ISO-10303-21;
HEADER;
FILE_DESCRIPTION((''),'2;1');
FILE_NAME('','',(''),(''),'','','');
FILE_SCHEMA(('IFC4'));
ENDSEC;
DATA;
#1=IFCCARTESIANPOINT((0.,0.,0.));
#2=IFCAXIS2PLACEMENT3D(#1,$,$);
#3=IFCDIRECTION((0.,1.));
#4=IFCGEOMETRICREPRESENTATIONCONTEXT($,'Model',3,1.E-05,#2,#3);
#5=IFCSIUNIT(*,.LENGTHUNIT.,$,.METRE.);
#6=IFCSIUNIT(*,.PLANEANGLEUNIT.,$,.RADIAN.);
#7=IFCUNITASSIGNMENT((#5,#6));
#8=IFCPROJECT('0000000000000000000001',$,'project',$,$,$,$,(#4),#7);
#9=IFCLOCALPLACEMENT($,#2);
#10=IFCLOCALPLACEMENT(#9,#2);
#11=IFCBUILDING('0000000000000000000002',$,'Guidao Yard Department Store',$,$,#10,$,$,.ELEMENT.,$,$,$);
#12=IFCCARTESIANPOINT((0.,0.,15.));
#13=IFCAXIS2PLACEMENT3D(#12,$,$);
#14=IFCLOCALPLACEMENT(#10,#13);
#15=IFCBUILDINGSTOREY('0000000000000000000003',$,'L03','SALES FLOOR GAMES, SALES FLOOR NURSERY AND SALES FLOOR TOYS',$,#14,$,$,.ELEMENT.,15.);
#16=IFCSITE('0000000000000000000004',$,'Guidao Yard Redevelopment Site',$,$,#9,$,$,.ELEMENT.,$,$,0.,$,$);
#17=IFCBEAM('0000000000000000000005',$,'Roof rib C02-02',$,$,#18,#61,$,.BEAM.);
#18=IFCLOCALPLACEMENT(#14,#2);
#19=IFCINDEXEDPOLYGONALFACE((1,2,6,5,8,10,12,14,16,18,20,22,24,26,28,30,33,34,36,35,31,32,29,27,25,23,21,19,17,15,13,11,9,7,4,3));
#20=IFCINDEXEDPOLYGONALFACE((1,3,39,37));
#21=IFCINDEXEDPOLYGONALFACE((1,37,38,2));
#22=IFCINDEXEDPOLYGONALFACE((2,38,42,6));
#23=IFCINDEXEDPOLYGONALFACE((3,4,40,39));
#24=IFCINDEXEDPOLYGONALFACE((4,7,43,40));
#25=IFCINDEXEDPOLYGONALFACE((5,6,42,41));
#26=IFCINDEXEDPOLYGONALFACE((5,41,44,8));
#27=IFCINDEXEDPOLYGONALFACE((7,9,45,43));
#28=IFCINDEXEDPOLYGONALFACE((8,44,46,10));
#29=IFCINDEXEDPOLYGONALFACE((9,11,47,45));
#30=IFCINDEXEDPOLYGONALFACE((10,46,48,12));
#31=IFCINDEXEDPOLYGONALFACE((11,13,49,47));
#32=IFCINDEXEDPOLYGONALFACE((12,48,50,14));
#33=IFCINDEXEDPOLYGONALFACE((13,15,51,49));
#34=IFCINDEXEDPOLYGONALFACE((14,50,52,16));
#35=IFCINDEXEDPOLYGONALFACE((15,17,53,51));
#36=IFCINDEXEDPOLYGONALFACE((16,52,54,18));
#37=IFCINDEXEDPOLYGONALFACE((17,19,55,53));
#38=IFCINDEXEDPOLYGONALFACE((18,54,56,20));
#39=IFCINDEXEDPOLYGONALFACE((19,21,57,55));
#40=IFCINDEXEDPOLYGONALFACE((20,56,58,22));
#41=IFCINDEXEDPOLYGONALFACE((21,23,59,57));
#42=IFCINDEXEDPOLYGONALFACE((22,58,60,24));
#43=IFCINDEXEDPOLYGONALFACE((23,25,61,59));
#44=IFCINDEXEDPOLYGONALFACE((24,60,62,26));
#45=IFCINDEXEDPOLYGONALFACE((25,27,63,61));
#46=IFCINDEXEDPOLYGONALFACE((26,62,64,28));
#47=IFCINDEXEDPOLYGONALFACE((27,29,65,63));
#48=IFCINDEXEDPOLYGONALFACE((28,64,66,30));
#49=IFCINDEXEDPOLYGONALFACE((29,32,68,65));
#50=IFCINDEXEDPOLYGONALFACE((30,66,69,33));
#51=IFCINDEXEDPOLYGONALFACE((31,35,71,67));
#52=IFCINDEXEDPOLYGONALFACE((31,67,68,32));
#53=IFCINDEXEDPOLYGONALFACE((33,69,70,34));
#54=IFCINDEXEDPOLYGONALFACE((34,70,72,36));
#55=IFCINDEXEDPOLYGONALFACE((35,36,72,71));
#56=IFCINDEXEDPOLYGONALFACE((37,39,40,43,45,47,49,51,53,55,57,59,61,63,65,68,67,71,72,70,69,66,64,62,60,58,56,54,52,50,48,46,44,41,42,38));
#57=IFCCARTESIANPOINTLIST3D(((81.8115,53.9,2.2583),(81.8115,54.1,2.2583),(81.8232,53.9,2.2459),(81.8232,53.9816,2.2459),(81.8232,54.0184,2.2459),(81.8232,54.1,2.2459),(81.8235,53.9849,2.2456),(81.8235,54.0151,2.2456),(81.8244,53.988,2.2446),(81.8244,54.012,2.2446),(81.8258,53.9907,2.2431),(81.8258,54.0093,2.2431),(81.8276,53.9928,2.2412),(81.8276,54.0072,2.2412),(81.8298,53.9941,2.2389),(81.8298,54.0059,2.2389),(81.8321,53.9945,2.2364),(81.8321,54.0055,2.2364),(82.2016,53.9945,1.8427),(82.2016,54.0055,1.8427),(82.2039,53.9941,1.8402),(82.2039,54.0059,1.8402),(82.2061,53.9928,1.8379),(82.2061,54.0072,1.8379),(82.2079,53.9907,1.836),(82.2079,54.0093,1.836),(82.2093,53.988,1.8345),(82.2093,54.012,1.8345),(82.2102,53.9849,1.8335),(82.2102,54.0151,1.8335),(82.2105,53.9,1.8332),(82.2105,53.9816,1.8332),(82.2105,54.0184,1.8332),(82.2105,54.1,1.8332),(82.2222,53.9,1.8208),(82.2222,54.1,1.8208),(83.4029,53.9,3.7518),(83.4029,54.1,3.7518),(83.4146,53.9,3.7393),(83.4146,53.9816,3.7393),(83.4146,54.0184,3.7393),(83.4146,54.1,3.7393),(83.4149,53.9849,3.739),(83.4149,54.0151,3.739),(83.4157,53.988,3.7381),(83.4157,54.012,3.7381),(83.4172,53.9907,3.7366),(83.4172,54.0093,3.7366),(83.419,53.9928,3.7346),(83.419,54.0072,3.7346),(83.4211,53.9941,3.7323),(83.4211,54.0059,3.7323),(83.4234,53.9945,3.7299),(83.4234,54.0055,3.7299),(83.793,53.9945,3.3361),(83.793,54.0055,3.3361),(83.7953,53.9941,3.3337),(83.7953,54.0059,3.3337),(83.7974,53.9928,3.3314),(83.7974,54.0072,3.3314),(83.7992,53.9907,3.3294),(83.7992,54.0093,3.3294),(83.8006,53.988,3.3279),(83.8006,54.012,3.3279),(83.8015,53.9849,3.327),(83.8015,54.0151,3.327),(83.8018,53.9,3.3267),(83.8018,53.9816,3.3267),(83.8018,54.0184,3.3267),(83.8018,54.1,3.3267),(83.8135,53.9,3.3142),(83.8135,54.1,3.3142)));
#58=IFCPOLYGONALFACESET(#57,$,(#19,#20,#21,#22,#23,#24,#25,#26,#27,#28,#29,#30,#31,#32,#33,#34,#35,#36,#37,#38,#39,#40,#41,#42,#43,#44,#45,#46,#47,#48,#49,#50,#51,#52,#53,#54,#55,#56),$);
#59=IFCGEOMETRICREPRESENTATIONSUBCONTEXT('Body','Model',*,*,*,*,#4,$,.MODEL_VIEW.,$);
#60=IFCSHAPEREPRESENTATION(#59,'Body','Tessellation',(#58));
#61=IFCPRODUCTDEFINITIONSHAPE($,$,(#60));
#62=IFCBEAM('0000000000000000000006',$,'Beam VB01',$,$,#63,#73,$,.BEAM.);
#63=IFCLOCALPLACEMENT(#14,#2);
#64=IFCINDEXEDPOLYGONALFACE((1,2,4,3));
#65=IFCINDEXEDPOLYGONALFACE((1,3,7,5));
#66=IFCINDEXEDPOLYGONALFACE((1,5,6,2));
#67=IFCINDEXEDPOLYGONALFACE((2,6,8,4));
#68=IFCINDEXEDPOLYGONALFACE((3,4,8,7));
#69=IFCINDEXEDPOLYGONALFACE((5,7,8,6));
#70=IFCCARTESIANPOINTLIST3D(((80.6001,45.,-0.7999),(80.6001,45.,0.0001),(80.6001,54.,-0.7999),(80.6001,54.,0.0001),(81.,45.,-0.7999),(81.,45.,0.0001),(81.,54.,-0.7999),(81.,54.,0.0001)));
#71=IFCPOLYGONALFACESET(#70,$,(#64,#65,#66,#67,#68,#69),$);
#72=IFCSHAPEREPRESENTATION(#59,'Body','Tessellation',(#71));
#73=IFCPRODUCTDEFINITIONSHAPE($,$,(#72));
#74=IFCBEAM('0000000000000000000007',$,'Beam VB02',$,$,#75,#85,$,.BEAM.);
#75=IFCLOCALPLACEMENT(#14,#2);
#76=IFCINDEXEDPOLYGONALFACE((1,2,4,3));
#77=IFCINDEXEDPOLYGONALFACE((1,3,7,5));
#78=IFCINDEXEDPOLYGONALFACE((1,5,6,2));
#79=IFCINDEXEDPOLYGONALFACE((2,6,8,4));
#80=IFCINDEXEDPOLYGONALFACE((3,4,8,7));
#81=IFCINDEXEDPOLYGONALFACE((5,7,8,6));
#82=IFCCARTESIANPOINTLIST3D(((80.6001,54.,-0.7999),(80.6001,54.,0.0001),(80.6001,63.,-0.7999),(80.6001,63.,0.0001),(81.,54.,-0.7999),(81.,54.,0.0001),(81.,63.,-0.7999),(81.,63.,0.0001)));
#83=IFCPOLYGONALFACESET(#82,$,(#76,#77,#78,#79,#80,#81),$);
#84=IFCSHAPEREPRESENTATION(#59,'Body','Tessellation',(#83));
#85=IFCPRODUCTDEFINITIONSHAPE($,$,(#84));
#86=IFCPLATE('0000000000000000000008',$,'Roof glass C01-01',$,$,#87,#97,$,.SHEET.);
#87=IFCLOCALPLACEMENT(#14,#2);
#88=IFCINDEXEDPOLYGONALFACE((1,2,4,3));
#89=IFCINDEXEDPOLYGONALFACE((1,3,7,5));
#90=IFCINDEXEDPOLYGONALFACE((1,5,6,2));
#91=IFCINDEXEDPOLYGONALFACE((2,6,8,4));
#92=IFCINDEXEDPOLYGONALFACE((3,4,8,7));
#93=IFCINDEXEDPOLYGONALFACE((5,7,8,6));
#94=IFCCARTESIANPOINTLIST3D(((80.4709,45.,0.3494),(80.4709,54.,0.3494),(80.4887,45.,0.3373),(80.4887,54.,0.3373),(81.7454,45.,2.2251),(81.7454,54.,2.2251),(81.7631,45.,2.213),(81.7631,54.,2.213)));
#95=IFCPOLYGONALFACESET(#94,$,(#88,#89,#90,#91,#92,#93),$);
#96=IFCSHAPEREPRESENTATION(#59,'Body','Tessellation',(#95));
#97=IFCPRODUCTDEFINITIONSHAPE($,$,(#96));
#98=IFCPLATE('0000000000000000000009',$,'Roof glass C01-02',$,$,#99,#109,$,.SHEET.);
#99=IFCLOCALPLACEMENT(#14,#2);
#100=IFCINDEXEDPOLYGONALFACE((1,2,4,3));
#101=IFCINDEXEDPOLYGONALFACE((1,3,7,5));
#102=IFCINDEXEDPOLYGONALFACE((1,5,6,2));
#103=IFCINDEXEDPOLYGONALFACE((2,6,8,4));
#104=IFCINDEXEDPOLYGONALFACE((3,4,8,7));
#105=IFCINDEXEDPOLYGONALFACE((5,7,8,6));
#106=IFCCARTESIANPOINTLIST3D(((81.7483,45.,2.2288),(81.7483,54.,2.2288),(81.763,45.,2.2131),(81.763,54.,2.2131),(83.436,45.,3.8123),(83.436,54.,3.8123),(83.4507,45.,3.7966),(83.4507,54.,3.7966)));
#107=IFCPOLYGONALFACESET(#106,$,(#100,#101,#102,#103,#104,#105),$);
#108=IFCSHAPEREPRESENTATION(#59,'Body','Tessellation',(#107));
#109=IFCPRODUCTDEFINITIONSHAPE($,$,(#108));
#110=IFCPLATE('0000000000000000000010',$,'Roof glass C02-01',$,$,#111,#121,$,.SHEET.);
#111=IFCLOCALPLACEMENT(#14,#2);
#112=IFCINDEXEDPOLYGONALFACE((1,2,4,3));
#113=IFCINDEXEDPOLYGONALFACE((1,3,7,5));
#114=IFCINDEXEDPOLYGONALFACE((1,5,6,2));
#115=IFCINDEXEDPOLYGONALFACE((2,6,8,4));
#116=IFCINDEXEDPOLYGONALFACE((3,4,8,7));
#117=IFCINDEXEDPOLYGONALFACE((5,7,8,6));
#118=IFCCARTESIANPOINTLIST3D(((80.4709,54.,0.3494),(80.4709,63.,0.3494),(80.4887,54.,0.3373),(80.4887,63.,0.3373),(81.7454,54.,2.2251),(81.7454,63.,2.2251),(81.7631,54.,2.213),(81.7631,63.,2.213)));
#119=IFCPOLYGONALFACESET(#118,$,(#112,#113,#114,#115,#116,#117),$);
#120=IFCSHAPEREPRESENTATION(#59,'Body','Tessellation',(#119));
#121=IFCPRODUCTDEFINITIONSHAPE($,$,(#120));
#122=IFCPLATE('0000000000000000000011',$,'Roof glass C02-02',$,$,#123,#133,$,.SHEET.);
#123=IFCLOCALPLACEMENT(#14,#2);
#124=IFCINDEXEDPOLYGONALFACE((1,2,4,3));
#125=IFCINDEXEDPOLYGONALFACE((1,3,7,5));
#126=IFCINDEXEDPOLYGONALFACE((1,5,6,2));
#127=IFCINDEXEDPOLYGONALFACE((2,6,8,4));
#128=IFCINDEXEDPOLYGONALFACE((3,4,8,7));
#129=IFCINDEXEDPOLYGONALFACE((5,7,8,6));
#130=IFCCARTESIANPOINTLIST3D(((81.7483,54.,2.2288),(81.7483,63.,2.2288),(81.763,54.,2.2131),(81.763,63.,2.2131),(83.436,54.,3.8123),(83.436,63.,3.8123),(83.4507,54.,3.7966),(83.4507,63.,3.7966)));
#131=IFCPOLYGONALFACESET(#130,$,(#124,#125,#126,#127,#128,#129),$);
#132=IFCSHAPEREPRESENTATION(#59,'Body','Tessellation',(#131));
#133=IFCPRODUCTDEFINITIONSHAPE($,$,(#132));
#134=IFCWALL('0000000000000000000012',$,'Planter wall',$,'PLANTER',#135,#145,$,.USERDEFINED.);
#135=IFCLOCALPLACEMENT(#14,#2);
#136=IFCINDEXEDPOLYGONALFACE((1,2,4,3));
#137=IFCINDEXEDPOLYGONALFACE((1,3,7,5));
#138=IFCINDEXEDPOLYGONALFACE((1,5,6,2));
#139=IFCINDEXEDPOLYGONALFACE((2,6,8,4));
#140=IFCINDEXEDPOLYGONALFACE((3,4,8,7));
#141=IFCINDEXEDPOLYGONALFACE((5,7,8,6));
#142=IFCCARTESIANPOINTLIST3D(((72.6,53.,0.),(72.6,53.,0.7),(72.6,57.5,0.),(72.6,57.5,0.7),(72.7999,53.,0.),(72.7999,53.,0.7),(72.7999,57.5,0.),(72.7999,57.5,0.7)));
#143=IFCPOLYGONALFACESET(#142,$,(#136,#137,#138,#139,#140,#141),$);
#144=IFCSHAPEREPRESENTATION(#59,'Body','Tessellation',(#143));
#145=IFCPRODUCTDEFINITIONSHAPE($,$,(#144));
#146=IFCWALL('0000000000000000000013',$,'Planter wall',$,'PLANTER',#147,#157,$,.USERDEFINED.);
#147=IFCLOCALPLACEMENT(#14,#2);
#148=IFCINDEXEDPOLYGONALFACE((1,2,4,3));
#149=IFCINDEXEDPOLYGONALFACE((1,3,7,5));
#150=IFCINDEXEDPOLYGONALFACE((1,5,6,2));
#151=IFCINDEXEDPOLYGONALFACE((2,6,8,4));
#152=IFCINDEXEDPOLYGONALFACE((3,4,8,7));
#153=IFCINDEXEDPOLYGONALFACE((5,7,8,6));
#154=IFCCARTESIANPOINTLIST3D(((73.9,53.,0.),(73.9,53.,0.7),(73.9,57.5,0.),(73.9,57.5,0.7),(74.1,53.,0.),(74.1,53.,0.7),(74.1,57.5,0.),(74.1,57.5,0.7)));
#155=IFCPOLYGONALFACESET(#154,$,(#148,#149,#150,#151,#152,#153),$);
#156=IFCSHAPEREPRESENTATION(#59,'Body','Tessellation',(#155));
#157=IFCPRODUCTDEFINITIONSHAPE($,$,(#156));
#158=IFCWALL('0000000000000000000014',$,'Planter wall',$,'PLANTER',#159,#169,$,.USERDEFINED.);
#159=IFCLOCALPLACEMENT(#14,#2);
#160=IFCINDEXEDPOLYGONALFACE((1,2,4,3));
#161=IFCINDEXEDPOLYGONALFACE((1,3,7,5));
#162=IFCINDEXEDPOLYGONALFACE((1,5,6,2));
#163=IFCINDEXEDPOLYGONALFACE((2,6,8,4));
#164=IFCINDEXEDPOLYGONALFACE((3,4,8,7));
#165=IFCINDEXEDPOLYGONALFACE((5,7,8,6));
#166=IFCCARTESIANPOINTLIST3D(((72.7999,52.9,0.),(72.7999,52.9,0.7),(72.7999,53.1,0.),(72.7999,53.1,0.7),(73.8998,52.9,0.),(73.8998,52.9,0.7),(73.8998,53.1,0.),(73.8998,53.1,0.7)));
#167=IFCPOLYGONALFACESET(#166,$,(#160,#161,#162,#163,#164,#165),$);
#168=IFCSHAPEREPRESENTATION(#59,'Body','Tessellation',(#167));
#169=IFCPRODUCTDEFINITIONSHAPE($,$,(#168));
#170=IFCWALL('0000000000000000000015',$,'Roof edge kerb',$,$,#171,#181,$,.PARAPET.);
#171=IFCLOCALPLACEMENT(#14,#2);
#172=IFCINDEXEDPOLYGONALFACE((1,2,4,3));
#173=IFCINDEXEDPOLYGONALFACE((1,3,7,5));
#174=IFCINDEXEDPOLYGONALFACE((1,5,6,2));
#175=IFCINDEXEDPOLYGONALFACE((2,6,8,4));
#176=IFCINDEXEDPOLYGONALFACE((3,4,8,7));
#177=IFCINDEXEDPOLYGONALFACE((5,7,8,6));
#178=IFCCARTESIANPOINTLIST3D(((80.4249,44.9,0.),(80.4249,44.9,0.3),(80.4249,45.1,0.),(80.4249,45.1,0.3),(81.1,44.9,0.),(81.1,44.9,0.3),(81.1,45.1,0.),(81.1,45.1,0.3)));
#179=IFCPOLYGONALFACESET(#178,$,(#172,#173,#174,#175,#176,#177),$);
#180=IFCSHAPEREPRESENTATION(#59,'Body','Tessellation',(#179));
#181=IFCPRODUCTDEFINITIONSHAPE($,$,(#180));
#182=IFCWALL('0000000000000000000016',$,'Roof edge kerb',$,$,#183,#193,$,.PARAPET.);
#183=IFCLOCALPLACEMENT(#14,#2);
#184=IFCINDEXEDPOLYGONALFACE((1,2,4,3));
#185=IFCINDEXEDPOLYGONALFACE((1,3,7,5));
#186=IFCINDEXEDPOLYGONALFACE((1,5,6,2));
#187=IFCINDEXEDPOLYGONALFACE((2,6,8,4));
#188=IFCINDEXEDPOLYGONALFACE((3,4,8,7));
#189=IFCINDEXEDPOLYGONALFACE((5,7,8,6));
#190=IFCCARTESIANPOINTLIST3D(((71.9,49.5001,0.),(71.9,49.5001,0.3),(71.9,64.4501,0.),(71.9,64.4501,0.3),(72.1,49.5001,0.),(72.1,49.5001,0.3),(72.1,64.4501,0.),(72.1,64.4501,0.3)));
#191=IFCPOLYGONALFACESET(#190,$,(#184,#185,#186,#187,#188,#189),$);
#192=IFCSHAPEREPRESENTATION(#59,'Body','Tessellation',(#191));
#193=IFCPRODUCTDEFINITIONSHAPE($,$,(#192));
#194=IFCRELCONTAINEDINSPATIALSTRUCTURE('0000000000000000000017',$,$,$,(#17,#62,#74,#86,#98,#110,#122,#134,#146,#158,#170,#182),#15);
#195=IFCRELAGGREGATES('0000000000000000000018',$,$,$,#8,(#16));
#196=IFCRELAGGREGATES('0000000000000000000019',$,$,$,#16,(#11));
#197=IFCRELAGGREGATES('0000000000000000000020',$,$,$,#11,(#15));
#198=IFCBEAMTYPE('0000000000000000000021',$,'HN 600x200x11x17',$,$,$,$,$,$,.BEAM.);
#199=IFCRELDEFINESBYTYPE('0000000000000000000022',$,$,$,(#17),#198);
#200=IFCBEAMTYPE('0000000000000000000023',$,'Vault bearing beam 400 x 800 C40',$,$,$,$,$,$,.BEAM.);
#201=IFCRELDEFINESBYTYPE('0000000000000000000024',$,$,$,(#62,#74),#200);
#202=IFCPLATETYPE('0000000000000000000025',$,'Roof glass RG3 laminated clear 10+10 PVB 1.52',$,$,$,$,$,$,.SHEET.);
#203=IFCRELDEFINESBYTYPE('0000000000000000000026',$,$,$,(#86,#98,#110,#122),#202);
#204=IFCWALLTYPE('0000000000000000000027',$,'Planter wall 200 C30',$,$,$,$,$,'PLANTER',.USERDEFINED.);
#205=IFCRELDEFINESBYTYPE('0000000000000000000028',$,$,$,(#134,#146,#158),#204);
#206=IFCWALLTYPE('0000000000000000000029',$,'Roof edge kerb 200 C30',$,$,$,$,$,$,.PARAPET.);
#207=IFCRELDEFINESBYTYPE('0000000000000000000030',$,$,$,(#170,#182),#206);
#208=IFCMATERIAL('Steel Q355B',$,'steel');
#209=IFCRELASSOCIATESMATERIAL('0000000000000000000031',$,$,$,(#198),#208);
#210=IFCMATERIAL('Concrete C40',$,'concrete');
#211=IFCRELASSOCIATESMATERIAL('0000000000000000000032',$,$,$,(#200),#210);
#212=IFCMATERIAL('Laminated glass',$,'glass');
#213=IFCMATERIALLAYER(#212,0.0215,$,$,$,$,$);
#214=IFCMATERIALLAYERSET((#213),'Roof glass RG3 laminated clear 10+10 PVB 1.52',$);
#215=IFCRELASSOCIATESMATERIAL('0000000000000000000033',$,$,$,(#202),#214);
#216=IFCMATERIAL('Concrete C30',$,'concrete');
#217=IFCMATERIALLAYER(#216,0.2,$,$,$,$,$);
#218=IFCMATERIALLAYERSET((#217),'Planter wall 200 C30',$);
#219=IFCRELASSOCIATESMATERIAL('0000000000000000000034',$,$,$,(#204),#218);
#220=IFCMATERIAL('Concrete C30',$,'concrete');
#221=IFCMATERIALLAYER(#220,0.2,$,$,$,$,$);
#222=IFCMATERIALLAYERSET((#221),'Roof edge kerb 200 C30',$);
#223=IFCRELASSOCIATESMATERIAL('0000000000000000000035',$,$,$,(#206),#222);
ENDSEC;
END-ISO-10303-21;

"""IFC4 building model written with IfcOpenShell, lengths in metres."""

from ifc_helpers import new_model, si_unit, direction, frame, frame_2d, origin, origin_2d, place, context, subcontext, project, spatial, polyline, rectangle, i_section, outline, extrude, material, layer, layer_set, material_profile, profile_set, type_object, element, save


model = new_model("IFC4")

# Units and contexts
model_context = context("Model", 3, precision=1e-05, world=origin(), true_north=direction((0.0, 1.0)))
body_context = subcontext(model_context, "Body", "Model", "MODEL_VIEW")
ifc_project = project(units=[si_unit("LENGTHUNIT", "METRE"), si_unit("PLANEANGLEUNIT", "RADIAN")], contexts=[model_context])

# Site, building, storey
site_placement = place(None, origin())
site = spatial("IfcSite", under=ifc_project, at=site_placement, Name="Guidao Yard Redevelopment Site", CompositionType="ELEMENT", RefElevation=0.0)
building_placement = place(site_placement, origin())
building = spatial("IfcBuilding", under=site, at=building_placement, Name="Guidao Yard Department Store", CompositionType="ELEMENT")
storey_placement = place(building_placement, frame((0.0, 0.0, 15.0)))
storey = spatial("IfcBuildingStorey", under=building, at=storey_placement, Name="L03", Description="SALES FLOOR GAMES, SALES FLOOR NURSERY AND SALES FLOOR TOYS", CompositionType="ELEMENT", Elevation=15.0)

# Beams
ifc_material_1 = material(Name="Steel Q355B", Category="steel")
ifc_material_profile_1 = material_profile(ifc_material_1, i_section(OverallWidth=0.2, OverallDepth=0.6001, WebThickness=0.011, FlangeThickness=0.0171, FilletRadius=0.0129, at=origin_2d()), Name="HN 600x200x11x17")
ifc_profile_set_1 = profile_set([ifc_material_profile_1], Name="Steel Q355B")
beam_type_1 = type_object("IfcBeamType", Name="HN 600x200x11x17", PredefinedType="BEAM", material=ifc_profile_set_1)
beam_1_placement = place(storey_placement, frame((82.0168, 54.0, 2.0396), z_axis=(0.729181, 0.0, 0.684321), x_axis=(0.0, 1.0, 0.0)))
element("IfcBeam", 1, at=beam_1_placement, inside=storey, type_object=beam_type_1, Name="Roof rib C02-02", PredefinedType="BEAM", context=body_context, shape_type="SweptSolid", body=[
    extrude(i_section(OverallWidth=0.2, OverallDepth=0.6001, WebThickness=0.011, FlangeThickness=0.0171, FilletRadius=0.0129, at=origin_2d()), origin(), (0.0, 0.0, 1.0), 2.1824),
])
ifc_material_2 = material(Name="Concrete C40", Category="concrete")
ifc_material_profile_2 = material_profile(ifc_material_2, rectangle(XDim=0.3999, YDim=0.8, at=origin_2d()), Name="Vault bearing beam 400 x 800 C40")
ifc_profile_set_2 = profile_set([ifc_material_profile_2], Name="Concrete C40")
beam_type_2 = type_object("IfcBeamType", Name="Vault bearing beam 400 x 800 C40", PredefinedType="BEAM", material=ifc_profile_set_2)
for number, where, z_axis, x_axis, name in (
    (2, (80.8, 45.0, -0.3999), (0.0, 1.0, 0.0), (-1.0, 0.0, 0.0), "Beam VB01"),
    (3, (80.8, 54.0, -0.3999), (0.0, 1.0, 0.0), (-1.0, 0.0, 0.0), "Beam VB02"),
):
    element("IfcBeam", number, at=place(storey_placement, frame(where, z_axis=z_axis, x_axis=x_axis)), inside=storey, type_object=beam_type_2, Name=name, PredefinedType="BEAM", context=body_context, shape_type="SweptSolid", body=[
        extrude(rectangle(XDim=0.3999, YDim=0.8, at=origin_2d()), origin(), (0.0, 0.0, 1.0), 9.0),
    ])

# Plates
ifc_material_3 = material(Name="Laminated glass", Category="glass")
ifc_layer_1 = layer(ifc_material_3, 0.0215)
ifc_layer_set_1 = layer_set([ifc_layer_1], Name="Roof glass RG3 laminated clear 10+10 PVB 1.52")
plate_type = type_object("IfcPlateType", Name="Roof glass RG3 laminated clear 10+10 PVB 1.52", PredefinedType="SHEET", material=ifc_layer_set_1)
plate_1_placement = place(storey_placement, frame((80.4709, 45.0, 0.3494), z_axis=(-0.827149, 0.0, 0.561983), x_axis=(0.561983, 0.0, 0.827149)))
element("IfcPlate", 4, at=plate_1_placement, inside=storey, type_object=plate_type, Name="Roof glass C01-01", PredefinedType="SHEET", context=body_context, shape_type="SweptSolid", body=[
    extrude(outline(polyline([(0.0, 0.0), (2.2677, 0.0), (2.2677, 9.0), (0.0, 9.0), (0.0, 0.0)])), origin(), (0.0, 0.0, -1.0), 0.0215),
])
plate_2_placement = place(storey_placement, frame((81.7483, 45.0, 2.2288), z_axis=(-0.684225, 0.0, 0.729271), x_axis=(0.729271, 0.0, 0.684225)))
element("IfcPlate", 5, at=plate_2_placement, inside=storey, type_object=plate_type, Name="Roof glass C01-02", PredefinedType="SHEET", context=body_context, shape_type="SweptSolid", body=[
    extrude(outline(polyline([(0.0, 0.0), (2.3143, 0.0), (2.3143, 9.0), (0.0, 9.0), (0.0, 0.0)])), origin(), (0.0, 0.0, -1.0), 0.0215),
])
plate_3_placement = place(storey_placement, frame((80.4709, 54.0, 0.3494), z_axis=(-0.827149, 0.0, 0.561983), x_axis=(0.561983, 0.0, 0.827149)))
element("IfcPlate", 6, at=plate_3_placement, inside=storey, type_object=plate_type, Name="Roof glass C02-01", PredefinedType="SHEET", context=body_context, shape_type="SweptSolid", body=[
    extrude(outline(polyline([(0.0, 0.0), (2.2677, 0.0), (2.2677, 9.0), (0.0, 9.0), (0.0, 0.0)])), origin(), (0.0, 0.0, -1.0), 0.0215),
])
plate_4_placement = place(storey_placement, frame((81.7483, 54.0, 2.2288), z_axis=(-0.684225, 0.0, 0.729271), x_axis=(0.729271, 0.0, 0.684225)))
element("IfcPlate", 7, at=plate_4_placement, inside=storey, type_object=plate_type, Name="Roof glass C02-02", PredefinedType="SHEET", context=body_context, shape_type="SweptSolid", body=[
    extrude(outline(polyline([(0.0, 0.0), (2.3143, 0.0), (2.3143, 9.0), (0.0, 9.0), (0.0, 0.0)])), origin(), (0.0, 0.0, -1.0), 0.0215),
])

# Walls
ifc_material_4 = material(Name="Concrete C30", Category="concrete")
ifc_layer_2 = layer(ifc_material_4, 0.2)
ifc_layer_set_2 = layer_set([ifc_layer_2], Name="Planter wall 200 C30")
wall_type_1 = type_object("IfcWallType", Name="Planter wall 200 C30", ElementType="PLANTER", PredefinedType="USERDEFINED", material=ifc_layer_set_2)
for number, where, z_axis, x_axis, name in (
    (8, (72.7, 53.0, 0.0), (0.0, 0.0, 1.0), (0.0, 1.0, 0.0), "Planter wall"),
    (9, (74.0, 53.0, 0.0), (0.0, 0.0, 1.0), (0.0, 1.0, 0.0), "Planter wall"),
):
    element("IfcWall", number, at=place(storey_placement, frame(where, z_axis=z_axis, x_axis=x_axis)), inside=storey, type_object=wall_type_1, Name=name, ObjectType="PLANTER", PredefinedType="USERDEFINED", context=body_context, shape_type="SweptSolid", body=[
        extrude(rectangle(XDim=4.5, YDim=0.2, at=frame_2d((2.25, 0.0))), origin(), (0.0, 0.0, 1.0), 0.7),
    ])
wall_1_placement = place(storey_placement, frame((72.8, 53.0, 0.0), z_axis=(0.0, 0.0, 1.0), x_axis=(1.0, 0.0, 0.0)))
element("IfcWall", 10, at=wall_1_placement, inside=storey, type_object=wall_type_1, Name="Planter wall", ObjectType="PLANTER", PredefinedType="USERDEFINED", context=body_context, shape_type="SweptSolid", body=[
    extrude(rectangle(XDim=1.0999, YDim=0.2, at=frame_2d((0.5498, 0.0))), origin(), (0.0, 0.0, 1.0), 0.7),
])
ifc_material_5 = material(Name="Concrete C30", Category="concrete")
ifc_layer_3 = layer(ifc_material_5, 0.2)
ifc_layer_set_3 = layer_set([ifc_layer_3], Name="Roof edge kerb 200 C30")
wall_type_2 = type_object("IfcWallType", Name="Roof edge kerb 200 C30", PredefinedType="PARAPET", material=ifc_layer_set_3)
wall_2_placement = place(storey_placement, frame((80.425, 45.0, 0.0), z_axis=(0.0, 0.0, 1.0), x_axis=(1.0, 0.0, 0.0)))
element("IfcWall", 11, at=wall_2_placement, inside=storey, type_object=wall_type_2, Name="Roof edge kerb", PredefinedType="PARAPET", context=body_context, shape_type="SweptSolid", body=[
    extrude(rectangle(XDim=0.675, YDim=0.2, at=frame_2d((0.3374, 0.0))), origin(), (0.0, 0.0, 1.0), 0.3),
])
wall_3_placement = place(storey_placement, frame((72.0, 49.5, 0.0), z_axis=(0.0, 0.0, 1.0), x_axis=(0.0, 1.0, 0.0)))
element("IfcWall", 12, at=wall_3_placement, inside=storey, type_object=wall_type_2, Name="Roof edge kerb", PredefinedType="PARAPET", context=body_context, shape_type="SweptSolid", body=[
    extrude(rectangle(XDim=14.95, YDim=0.2, at=frame_2d((7.4751, 0.0))), origin(), (0.0, 0.0, 1.0), 0.3),
])

save(model, "model.ifc")
